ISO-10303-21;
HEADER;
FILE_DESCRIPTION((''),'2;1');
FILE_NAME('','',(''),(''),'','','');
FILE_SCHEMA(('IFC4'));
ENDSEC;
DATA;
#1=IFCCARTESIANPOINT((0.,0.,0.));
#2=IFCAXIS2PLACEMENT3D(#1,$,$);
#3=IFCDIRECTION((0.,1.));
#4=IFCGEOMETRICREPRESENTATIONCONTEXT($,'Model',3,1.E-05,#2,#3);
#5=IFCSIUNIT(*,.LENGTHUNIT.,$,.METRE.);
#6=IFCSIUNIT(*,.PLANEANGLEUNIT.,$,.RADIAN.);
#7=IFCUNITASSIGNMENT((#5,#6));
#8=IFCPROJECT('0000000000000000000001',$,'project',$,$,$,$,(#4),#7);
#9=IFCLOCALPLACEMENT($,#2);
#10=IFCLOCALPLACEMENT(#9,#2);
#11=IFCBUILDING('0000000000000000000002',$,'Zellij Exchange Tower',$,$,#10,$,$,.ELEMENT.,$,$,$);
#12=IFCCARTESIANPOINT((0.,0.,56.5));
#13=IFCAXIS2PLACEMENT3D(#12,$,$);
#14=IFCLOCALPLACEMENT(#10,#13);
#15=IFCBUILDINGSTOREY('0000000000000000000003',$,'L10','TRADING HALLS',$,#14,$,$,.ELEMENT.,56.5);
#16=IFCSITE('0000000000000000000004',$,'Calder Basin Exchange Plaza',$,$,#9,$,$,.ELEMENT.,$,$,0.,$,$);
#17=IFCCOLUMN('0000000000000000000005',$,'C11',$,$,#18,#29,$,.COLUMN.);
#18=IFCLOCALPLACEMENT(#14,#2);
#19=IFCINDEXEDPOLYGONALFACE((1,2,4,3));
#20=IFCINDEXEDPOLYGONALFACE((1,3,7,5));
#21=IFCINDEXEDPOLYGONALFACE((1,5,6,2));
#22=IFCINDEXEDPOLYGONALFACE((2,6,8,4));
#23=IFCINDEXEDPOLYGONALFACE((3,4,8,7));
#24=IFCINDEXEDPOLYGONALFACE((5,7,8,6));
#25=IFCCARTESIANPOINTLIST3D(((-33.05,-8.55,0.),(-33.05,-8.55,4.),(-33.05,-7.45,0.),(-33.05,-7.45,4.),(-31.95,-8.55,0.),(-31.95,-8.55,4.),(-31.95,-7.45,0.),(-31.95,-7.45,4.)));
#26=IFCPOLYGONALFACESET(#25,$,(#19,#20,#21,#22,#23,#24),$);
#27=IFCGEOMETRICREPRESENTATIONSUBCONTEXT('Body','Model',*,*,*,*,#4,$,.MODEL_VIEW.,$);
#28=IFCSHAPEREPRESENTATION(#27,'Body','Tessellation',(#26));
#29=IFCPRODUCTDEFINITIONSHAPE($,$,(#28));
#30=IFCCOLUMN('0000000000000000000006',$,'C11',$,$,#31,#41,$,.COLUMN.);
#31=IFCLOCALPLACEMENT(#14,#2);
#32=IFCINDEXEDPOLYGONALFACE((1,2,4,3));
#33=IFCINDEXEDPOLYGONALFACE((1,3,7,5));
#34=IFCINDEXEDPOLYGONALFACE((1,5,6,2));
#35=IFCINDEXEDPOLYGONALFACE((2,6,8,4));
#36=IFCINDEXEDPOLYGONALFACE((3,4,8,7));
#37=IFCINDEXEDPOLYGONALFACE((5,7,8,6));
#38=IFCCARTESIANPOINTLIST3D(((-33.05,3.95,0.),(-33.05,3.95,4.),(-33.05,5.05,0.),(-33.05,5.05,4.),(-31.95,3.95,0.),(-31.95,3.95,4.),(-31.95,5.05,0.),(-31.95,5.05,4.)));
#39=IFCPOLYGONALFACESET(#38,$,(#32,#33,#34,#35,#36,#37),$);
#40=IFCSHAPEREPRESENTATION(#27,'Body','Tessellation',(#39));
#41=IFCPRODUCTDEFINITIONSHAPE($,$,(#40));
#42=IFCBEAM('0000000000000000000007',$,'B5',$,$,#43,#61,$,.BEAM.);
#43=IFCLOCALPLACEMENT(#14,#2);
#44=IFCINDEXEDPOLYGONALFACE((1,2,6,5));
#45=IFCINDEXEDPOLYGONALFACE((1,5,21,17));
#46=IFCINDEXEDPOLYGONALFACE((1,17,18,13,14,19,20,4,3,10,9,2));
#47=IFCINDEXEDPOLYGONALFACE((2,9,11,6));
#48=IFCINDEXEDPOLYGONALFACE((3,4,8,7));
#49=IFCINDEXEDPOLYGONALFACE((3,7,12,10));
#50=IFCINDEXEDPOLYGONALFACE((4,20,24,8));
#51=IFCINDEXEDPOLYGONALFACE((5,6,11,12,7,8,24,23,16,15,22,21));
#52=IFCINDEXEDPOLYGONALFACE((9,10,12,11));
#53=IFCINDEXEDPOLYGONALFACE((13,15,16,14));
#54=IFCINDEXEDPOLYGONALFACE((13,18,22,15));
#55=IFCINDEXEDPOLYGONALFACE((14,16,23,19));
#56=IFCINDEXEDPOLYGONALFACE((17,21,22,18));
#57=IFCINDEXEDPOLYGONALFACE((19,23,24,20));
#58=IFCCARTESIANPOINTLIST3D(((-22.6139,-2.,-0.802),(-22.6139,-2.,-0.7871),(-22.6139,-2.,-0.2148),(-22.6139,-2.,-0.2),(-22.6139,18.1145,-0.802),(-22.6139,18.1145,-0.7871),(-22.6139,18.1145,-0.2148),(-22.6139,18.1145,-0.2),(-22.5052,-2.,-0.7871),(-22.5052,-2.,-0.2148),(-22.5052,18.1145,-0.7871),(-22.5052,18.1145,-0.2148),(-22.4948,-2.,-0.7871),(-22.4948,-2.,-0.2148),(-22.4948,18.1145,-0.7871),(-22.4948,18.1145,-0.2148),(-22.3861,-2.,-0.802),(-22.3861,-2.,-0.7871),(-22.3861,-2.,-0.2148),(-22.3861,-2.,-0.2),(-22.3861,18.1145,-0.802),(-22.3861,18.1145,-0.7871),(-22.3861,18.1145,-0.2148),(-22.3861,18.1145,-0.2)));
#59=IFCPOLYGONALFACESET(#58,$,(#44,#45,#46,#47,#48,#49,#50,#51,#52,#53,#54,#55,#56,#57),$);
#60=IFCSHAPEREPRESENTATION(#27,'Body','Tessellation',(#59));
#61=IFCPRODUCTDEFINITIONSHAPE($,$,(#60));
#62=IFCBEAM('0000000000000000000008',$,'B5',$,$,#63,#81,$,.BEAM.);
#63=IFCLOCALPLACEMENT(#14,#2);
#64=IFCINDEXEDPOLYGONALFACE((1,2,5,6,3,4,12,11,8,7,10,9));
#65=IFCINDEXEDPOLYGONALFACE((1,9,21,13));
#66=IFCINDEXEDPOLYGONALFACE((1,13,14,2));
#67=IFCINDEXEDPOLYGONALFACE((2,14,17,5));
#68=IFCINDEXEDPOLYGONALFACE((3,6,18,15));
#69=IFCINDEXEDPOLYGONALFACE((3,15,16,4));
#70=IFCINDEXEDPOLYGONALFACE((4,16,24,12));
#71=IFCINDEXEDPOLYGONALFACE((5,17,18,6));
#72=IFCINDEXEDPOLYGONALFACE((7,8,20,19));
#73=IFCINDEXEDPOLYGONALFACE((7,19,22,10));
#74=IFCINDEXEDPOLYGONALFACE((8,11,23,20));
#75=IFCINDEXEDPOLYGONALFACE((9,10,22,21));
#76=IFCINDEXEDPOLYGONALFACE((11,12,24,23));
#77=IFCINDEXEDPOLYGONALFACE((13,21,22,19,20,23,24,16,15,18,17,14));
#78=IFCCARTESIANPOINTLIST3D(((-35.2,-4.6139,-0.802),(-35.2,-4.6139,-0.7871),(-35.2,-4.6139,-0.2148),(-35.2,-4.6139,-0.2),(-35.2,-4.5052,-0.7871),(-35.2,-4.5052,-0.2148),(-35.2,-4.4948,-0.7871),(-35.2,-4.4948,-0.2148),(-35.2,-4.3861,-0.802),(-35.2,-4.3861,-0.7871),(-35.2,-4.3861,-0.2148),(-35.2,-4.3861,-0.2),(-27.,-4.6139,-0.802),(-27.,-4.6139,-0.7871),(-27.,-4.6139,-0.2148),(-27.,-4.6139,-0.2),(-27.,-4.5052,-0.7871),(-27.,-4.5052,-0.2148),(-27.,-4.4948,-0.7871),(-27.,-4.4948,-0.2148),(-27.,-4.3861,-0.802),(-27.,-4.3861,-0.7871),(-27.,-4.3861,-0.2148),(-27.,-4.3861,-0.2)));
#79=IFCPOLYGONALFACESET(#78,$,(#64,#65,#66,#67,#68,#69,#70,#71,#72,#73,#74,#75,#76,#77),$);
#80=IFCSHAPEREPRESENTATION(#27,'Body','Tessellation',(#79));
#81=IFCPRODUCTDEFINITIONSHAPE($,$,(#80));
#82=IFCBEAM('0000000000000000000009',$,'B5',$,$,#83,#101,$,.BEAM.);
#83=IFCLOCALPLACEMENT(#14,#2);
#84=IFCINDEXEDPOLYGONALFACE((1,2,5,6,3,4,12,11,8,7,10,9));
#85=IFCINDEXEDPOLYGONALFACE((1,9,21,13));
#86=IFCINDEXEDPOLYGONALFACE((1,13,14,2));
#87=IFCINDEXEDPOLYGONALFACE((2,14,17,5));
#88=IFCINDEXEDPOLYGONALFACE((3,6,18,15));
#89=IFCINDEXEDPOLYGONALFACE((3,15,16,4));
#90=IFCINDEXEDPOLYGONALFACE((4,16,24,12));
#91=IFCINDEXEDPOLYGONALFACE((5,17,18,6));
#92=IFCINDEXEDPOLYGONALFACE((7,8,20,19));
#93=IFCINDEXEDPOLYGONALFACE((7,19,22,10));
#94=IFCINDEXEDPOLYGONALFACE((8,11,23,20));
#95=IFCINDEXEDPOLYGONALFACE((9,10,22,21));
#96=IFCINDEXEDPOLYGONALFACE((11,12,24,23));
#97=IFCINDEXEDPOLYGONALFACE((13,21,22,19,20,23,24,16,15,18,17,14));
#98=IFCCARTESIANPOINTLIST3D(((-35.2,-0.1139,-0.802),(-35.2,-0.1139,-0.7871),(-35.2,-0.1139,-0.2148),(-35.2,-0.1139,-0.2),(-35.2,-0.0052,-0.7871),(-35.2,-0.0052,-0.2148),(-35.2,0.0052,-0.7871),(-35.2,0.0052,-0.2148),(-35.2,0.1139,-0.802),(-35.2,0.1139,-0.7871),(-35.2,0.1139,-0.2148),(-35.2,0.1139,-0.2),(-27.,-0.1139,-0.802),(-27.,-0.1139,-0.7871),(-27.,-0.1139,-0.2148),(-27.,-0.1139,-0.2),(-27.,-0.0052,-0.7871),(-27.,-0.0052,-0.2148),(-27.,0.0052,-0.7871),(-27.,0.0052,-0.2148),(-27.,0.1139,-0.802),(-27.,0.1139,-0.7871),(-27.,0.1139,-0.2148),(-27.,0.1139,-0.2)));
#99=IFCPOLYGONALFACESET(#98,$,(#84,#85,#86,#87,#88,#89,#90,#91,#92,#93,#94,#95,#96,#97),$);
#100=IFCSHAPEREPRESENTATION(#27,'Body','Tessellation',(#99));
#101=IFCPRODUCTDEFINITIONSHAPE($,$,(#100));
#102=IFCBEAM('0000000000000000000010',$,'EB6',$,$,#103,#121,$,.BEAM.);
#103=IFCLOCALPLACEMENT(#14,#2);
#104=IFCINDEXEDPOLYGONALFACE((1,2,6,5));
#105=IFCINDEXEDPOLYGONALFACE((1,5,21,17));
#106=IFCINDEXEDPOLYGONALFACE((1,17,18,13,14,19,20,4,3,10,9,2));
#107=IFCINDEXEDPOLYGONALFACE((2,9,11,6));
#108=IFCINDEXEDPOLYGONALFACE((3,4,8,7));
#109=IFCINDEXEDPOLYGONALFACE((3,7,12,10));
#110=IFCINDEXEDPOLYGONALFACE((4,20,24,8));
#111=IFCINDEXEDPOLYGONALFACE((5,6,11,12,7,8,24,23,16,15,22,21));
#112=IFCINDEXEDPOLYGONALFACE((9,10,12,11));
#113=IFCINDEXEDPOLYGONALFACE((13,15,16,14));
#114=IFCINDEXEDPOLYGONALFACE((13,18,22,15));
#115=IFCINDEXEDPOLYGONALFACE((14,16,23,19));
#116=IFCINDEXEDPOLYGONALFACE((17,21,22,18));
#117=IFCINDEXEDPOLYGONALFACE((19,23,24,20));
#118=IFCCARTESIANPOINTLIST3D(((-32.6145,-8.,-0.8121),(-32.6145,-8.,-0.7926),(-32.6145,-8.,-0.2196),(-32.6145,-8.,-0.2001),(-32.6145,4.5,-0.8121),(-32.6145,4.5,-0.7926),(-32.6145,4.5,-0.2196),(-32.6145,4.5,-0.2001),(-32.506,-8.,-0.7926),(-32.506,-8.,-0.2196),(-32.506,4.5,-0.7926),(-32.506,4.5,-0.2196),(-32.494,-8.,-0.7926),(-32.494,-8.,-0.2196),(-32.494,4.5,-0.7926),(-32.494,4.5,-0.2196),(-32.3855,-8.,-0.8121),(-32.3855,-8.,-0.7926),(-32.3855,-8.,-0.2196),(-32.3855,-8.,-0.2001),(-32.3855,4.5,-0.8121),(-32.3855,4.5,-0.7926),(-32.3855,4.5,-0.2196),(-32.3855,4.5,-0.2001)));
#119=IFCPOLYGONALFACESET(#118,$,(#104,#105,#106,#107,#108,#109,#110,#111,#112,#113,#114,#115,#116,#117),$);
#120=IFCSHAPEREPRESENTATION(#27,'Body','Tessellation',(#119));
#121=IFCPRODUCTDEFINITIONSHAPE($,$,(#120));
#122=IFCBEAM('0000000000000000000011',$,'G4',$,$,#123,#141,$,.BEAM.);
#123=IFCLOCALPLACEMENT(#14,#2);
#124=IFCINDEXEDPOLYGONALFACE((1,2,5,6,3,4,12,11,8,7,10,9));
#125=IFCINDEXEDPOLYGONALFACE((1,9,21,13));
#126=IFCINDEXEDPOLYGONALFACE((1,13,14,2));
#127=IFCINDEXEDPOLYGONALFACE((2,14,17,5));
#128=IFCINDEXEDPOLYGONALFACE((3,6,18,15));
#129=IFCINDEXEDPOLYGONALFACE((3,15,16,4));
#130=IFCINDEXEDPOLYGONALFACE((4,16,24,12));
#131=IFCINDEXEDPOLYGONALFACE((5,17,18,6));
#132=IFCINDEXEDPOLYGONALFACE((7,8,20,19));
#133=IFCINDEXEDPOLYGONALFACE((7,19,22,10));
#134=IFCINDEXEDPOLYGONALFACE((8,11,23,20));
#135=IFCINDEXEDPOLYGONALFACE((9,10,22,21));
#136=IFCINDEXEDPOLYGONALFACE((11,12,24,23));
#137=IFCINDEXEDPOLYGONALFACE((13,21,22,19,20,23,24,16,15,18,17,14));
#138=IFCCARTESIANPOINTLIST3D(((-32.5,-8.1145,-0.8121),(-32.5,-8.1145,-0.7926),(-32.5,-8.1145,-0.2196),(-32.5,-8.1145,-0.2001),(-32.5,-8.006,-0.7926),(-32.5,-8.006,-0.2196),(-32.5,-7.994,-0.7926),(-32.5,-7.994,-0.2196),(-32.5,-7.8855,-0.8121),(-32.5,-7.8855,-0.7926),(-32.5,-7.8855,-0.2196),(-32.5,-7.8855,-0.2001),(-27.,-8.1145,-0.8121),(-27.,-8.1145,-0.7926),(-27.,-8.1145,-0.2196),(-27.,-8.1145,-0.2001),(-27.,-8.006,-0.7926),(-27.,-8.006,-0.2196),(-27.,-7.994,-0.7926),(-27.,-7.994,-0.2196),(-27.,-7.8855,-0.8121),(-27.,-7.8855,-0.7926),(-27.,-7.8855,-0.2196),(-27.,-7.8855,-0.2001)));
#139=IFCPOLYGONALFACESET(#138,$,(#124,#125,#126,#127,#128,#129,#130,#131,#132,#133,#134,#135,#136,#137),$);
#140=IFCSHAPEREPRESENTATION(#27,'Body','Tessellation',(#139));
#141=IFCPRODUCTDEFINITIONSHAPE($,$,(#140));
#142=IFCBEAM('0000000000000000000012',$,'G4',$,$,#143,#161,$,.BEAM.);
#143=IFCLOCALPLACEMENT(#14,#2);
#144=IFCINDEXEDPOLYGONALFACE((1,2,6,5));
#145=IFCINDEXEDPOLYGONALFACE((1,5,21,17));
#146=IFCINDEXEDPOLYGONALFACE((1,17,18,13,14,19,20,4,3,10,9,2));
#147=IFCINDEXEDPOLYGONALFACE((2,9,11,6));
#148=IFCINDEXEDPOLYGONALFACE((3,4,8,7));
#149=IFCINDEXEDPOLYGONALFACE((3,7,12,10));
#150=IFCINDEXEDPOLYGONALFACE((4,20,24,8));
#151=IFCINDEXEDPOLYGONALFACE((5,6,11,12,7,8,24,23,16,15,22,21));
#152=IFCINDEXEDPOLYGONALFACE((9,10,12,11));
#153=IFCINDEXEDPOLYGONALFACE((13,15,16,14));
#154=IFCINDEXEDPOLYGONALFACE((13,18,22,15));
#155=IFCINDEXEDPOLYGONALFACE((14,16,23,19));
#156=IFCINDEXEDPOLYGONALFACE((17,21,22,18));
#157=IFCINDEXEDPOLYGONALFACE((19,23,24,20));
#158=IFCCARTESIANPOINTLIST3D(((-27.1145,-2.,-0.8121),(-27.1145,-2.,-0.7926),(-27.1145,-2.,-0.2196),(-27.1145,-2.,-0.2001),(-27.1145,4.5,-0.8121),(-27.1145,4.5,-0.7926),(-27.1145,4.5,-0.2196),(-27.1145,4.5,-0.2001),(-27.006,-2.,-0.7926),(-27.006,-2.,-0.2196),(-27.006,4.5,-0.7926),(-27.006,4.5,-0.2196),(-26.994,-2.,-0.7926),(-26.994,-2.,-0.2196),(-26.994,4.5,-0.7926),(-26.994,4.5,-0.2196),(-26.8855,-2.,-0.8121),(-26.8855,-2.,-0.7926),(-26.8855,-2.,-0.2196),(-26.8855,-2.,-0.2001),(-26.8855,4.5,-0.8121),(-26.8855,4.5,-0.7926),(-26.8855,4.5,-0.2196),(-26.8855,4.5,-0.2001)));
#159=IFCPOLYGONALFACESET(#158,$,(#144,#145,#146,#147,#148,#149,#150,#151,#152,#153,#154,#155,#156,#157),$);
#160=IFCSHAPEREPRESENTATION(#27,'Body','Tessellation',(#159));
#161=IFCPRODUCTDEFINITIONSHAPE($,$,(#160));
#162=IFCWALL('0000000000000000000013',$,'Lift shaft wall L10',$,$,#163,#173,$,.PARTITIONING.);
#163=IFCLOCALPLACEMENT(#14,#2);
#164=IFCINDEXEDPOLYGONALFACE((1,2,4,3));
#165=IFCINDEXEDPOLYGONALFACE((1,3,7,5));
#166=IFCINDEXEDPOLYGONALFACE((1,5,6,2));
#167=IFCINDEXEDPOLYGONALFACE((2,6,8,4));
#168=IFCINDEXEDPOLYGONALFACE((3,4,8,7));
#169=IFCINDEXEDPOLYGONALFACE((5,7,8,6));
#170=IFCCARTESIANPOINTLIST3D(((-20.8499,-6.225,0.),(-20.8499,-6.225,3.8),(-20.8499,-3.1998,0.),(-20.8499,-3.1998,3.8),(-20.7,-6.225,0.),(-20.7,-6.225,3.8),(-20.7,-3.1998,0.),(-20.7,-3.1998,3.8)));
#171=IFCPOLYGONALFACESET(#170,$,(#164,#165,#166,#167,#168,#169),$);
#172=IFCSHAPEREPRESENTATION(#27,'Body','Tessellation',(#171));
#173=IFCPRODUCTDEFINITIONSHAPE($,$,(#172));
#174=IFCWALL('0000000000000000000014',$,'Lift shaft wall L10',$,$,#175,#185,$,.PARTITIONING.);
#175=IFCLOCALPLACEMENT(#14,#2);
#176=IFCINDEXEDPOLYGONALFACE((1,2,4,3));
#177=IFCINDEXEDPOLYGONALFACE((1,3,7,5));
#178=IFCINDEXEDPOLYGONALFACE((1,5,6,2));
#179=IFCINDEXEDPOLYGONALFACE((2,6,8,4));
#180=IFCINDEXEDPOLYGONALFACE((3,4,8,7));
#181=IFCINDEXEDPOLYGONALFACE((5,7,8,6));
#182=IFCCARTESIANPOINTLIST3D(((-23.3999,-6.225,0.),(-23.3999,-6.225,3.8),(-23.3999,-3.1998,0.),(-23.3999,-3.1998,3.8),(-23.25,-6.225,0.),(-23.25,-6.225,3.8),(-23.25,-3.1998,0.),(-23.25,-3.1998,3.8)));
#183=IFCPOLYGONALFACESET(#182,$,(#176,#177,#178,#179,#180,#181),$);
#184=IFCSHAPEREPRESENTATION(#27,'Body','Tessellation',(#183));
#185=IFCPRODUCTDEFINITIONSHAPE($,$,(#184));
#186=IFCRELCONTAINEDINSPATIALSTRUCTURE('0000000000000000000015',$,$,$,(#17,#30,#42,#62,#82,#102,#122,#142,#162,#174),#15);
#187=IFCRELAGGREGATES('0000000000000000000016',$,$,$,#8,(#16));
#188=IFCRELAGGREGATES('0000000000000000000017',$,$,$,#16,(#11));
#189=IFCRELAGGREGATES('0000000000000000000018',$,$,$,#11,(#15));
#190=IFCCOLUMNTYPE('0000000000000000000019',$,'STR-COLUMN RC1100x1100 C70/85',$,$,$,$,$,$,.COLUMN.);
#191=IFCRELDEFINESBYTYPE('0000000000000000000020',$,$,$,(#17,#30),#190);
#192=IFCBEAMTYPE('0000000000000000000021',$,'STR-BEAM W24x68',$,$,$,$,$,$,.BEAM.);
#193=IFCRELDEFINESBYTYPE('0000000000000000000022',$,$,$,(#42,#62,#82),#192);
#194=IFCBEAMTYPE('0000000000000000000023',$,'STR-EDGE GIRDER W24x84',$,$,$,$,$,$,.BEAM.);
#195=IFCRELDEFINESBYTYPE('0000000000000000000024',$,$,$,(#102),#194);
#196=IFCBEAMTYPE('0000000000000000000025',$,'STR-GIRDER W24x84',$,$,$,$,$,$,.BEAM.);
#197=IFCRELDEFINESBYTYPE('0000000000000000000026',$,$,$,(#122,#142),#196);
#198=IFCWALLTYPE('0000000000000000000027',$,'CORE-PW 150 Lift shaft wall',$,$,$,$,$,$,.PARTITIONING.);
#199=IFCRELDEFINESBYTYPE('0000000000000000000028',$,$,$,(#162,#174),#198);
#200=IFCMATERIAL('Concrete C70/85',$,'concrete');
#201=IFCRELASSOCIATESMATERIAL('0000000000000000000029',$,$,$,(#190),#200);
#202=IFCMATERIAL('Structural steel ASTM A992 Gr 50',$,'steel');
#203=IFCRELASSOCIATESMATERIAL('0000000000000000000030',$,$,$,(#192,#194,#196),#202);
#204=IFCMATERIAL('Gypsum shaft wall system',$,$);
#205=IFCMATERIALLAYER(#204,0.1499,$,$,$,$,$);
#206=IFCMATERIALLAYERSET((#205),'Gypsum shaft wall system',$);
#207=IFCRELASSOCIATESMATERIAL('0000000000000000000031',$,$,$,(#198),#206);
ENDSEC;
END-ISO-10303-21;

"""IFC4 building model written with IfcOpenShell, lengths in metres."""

from ifc_helpers import new_model, si_unit, direction, frame, frame_2d, origin, origin_2d, place, context, subcontext, project, spatial, rectangle, i_section, extrude, material, layer, layer_set, material_profile, profile_set, type_object, element, save


model = new_model("IFC4")

# Units and contexts
model_context = context("Model", 3, precision=1e-05, world=origin(), true_north=direction((0.0, 1.0)))
body_context = subcontext(model_context, "Body", "Model", "MODEL_VIEW")
ifc_project = project(units=[si_unit("LENGTHUNIT", "METRE"), si_unit("PLANEANGLEUNIT", "RADIAN")], contexts=[model_context])

# Site, building, storey
site_placement = place(None, origin())
site = spatial("IfcSite", under=ifc_project, at=site_placement, Name="Calder Basin Exchange Plaza", CompositionType="ELEMENT", RefElevation=0.0)
building_placement = place(site_placement, origin())
building = spatial("IfcBuilding", under=site, at=building_placement, Name="Zellij Exchange Tower", CompositionType="ELEMENT")
storey_placement = place(building_placement, frame((0.0, 0.0, 56.5)))
storey = spatial("IfcBuildingStorey", under=building, at=storey_placement, Name="L10", Description="TRADING HALLS", CompositionType="ELEMENT", Elevation=56.5)

# Columns
ifc_material_1 = material(Name="Concrete C70/85", Category="concrete")
ifc_material_profile_1 = material_profile(ifc_material_1, rectangle(XDim=1.1001, YDim=1.1001, at=origin_2d()), Name="STR-COLUMN RC1100x1100 C70/85")
ifc_profile_set_1 = profile_set([ifc_material_profile_1], Name="Concrete C70/85")
column_type = type_object("IfcColumnType", Name="STR-COLUMN RC1100x1100 C70/85", PredefinedType="COLUMN", material=ifc_profile_set_1)
for number, where, z_axis, x_axis, name in (
    (1, (-32.5, -8.0, 0.0), (0.0, 0.0, 1.0), (1.0, 0.0, 0.0), "C11"),
    (2, (-32.5, 4.5, 0.0), (0.0, 0.0, 1.0), (1.0, 0.0, 0.0), "C11"),
):
    element("IfcColumn", number, at=place(storey_placement, frame(where, z_axis=z_axis, x_axis=x_axis)), inside=storey, type_object=column_type, Name=name, PredefinedType="COLUMN", context=body_context, shape_type="SweptSolid", body=[
        extrude(rectangle(XDim=1.1001, YDim=1.1001, at=origin_2d()), origin(), (0.0, 0.0, 1.0), 4.0),
    ])

# Beams
ifc_material_2 = material(Name="Structural steel ASTM A992 Gr 50", Category="steel")
ifc_material_profile_2 = material_profile(ifc_material_2, i_section(OverallWidth=0.2278, OverallDepth=0.6021, WebThickness=0.0105, FlangeThickness=0.0149, at=origin_2d()), Name="W24x68")
ifc_profile_set_2 = profile_set([ifc_material_profile_2], Name="Structural steel ASTM A992 Gr 50")
beam_type_1 = type_object("IfcBeamType", Name="STR-BEAM W24x68", PredefinedType="BEAM", material=ifc_profile_set_2)
beam_1_placement = place(storey_placement, frame((-22.5, -2.0, -0.501), z_axis=(0.0, 1.0, 0.0), x_axis=(-1.0, 0.0, 0.0)))
element("IfcBeam", 3, at=beam_1_placement, inside=storey, type_object=beam_type_1, Name="B5", PredefinedType="BEAM", context=body_context, shape_type="SweptSolid", body=[
    extrude(i_section(OverallWidth=0.2278, OverallDepth=0.6021, WebThickness=0.0105, FlangeThickness=0.0149, at=origin_2d()), origin(), (0.0, 0.0, 1.0), 20.1145),
])
for number, where, z_axis, x_axis, name in (
    (4, (-35.2, -4.5, -0.501), (1.0, 0.0, 0.0), (0.0, 1.0, 0.0), "B5"),
    (5, (-35.2, 0.0, -0.501), (1.0, 0.0, 0.0), (0.0, 1.0, 0.0), "B5"),
):
    element("IfcBeam", number, at=place(storey_placement, frame(where, z_axis=z_axis, x_axis=x_axis)), inside=storey, type_object=beam_type_1, Name=name, PredefinedType="BEAM", context=body_context, shape_type="SweptSolid", body=[
        extrude(i_section(OverallWidth=0.2278, OverallDepth=0.6021, WebThickness=0.0105, FlangeThickness=0.0149, at=origin_2d()), origin(), (0.0, 0.0, 1.0), 8.2),
    ])
ifc_material_profile_3 = material_profile(ifc_material_2, i_section(OverallWidth=0.229, OverallDepth=0.6121, WebThickness=0.012, FlangeThickness=0.0195, at=origin_2d()), Name="W24x84")
ifc_profile_set_3 = profile_set([ifc_material_profile_3], Name="Structural steel ASTM A992 Gr 50")
beam_type_2 = type_object("IfcBeamType", Name="STR-EDGE GIRDER W24x84", PredefinedType="BEAM", material=ifc_profile_set_3)
beam_2_placement = place(storey_placement, frame((-32.5, -8.0, -0.5061), z_axis=(0.0, 1.0, 0.0), x_axis=(-1.0, 0.0, 0.0)))
element("IfcBeam", 6, at=beam_2_placement, inside=storey, type_object=beam_type_2, Name="EB6", PredefinedType="BEAM", context=body_context, shape_type="SweptSolid", body=[
    extrude(i_section(OverallWidth=0.229, OverallDepth=0.6121, WebThickness=0.012, FlangeThickness=0.0195, at=origin_2d()), origin(), (0.0, 0.0, 1.0), 12.5),
])
ifc_material_profile_4 = material_profile(ifc_material_2, i_section(OverallWidth=0.229, OverallDepth=0.6121, WebThickness=0.012, FlangeThickness=0.0195, at=origin_2d()), Name="W24x84")
ifc_profile_set_4 = profile_set([ifc_material_profile_4], Name="Structural steel ASTM A992 Gr 50")
beam_type_3 = type_object("IfcBeamType", Name="STR-GIRDER W24x84", PredefinedType="BEAM", material=ifc_profile_set_4)
beam_3_placement = place(storey_placement, frame((-32.5, -8.0, -0.5061), z_axis=(1.0, 0.0, 0.0), x_axis=(0.0, 1.0, 0.0)))
element("IfcBeam", 7, at=beam_3_placement, inside=storey, type_object=beam_type_3, Name="G4", PredefinedType="BEAM", context=body_context, shape_type="SweptSolid", body=[
    extrude(i_section(OverallWidth=0.229, OverallDepth=0.6121, WebThickness=0.012, FlangeThickness=0.0195, at=origin_2d()), origin(), (0.0, 0.0, 1.0), 5.5),
])
beam_4_placement = place(storey_placement, frame((-27.0, -2.0, -0.5061), z_axis=(0.0, 1.0, 0.0), x_axis=(-1.0, 0.0, 0.0)))
element("IfcBeam", 8, at=beam_4_placement, inside=storey, type_object=beam_type_3, Name="G4", PredefinedType="BEAM", context=body_context, shape_type="SweptSolid", body=[
    extrude(i_section(OverallWidth=0.229, OverallDepth=0.6121, WebThickness=0.012, FlangeThickness=0.0195, at=origin_2d()), origin(), (0.0, 0.0, 1.0), 6.5),
])

# Walls
ifc_material_3 = material(Name="Gypsum shaft wall system")
ifc_layer_1 = layer(ifc_material_3, 0.1499)
ifc_layer_set_1 = layer_set([ifc_layer_1], Name="Gypsum shaft wall system")
wall_type_1 = type_object("IfcWallType", Name="CORE-PW 150 Lift shaft wall", PredefinedType="PARTITIONING", material=ifc_layer_set_1)
for number, where, z_axis, x_axis, name in (
    (9, (-20.7749, -6.2251, 0.0), (0.0, 0.0, 1.0), (0.0, 1.0, 0.0), "Lift shaft wall L10"),
    (10, (-23.325, -6.2251, 0.0), (0.0, 0.0, 1.0), (0.0, 1.0, 0.0), "Lift shaft wall L10"),
):
    element("IfcWall", number, at=place(storey_placement, frame(where, z_axis=z_axis, x_axis=x_axis)), inside=storey, type_object=wall_type_1, Name=name, PredefinedType="PARTITIONING", context=body_context, shape_type="SweptSolid", body=[
        extrude(rectangle(XDim=3.0251, YDim=0.1499, at=frame_2d((1.5127, 0.0))), origin(), (0.0, 0.0, 1.0), 3.8),
    ])

save(model, "model.ifc")
